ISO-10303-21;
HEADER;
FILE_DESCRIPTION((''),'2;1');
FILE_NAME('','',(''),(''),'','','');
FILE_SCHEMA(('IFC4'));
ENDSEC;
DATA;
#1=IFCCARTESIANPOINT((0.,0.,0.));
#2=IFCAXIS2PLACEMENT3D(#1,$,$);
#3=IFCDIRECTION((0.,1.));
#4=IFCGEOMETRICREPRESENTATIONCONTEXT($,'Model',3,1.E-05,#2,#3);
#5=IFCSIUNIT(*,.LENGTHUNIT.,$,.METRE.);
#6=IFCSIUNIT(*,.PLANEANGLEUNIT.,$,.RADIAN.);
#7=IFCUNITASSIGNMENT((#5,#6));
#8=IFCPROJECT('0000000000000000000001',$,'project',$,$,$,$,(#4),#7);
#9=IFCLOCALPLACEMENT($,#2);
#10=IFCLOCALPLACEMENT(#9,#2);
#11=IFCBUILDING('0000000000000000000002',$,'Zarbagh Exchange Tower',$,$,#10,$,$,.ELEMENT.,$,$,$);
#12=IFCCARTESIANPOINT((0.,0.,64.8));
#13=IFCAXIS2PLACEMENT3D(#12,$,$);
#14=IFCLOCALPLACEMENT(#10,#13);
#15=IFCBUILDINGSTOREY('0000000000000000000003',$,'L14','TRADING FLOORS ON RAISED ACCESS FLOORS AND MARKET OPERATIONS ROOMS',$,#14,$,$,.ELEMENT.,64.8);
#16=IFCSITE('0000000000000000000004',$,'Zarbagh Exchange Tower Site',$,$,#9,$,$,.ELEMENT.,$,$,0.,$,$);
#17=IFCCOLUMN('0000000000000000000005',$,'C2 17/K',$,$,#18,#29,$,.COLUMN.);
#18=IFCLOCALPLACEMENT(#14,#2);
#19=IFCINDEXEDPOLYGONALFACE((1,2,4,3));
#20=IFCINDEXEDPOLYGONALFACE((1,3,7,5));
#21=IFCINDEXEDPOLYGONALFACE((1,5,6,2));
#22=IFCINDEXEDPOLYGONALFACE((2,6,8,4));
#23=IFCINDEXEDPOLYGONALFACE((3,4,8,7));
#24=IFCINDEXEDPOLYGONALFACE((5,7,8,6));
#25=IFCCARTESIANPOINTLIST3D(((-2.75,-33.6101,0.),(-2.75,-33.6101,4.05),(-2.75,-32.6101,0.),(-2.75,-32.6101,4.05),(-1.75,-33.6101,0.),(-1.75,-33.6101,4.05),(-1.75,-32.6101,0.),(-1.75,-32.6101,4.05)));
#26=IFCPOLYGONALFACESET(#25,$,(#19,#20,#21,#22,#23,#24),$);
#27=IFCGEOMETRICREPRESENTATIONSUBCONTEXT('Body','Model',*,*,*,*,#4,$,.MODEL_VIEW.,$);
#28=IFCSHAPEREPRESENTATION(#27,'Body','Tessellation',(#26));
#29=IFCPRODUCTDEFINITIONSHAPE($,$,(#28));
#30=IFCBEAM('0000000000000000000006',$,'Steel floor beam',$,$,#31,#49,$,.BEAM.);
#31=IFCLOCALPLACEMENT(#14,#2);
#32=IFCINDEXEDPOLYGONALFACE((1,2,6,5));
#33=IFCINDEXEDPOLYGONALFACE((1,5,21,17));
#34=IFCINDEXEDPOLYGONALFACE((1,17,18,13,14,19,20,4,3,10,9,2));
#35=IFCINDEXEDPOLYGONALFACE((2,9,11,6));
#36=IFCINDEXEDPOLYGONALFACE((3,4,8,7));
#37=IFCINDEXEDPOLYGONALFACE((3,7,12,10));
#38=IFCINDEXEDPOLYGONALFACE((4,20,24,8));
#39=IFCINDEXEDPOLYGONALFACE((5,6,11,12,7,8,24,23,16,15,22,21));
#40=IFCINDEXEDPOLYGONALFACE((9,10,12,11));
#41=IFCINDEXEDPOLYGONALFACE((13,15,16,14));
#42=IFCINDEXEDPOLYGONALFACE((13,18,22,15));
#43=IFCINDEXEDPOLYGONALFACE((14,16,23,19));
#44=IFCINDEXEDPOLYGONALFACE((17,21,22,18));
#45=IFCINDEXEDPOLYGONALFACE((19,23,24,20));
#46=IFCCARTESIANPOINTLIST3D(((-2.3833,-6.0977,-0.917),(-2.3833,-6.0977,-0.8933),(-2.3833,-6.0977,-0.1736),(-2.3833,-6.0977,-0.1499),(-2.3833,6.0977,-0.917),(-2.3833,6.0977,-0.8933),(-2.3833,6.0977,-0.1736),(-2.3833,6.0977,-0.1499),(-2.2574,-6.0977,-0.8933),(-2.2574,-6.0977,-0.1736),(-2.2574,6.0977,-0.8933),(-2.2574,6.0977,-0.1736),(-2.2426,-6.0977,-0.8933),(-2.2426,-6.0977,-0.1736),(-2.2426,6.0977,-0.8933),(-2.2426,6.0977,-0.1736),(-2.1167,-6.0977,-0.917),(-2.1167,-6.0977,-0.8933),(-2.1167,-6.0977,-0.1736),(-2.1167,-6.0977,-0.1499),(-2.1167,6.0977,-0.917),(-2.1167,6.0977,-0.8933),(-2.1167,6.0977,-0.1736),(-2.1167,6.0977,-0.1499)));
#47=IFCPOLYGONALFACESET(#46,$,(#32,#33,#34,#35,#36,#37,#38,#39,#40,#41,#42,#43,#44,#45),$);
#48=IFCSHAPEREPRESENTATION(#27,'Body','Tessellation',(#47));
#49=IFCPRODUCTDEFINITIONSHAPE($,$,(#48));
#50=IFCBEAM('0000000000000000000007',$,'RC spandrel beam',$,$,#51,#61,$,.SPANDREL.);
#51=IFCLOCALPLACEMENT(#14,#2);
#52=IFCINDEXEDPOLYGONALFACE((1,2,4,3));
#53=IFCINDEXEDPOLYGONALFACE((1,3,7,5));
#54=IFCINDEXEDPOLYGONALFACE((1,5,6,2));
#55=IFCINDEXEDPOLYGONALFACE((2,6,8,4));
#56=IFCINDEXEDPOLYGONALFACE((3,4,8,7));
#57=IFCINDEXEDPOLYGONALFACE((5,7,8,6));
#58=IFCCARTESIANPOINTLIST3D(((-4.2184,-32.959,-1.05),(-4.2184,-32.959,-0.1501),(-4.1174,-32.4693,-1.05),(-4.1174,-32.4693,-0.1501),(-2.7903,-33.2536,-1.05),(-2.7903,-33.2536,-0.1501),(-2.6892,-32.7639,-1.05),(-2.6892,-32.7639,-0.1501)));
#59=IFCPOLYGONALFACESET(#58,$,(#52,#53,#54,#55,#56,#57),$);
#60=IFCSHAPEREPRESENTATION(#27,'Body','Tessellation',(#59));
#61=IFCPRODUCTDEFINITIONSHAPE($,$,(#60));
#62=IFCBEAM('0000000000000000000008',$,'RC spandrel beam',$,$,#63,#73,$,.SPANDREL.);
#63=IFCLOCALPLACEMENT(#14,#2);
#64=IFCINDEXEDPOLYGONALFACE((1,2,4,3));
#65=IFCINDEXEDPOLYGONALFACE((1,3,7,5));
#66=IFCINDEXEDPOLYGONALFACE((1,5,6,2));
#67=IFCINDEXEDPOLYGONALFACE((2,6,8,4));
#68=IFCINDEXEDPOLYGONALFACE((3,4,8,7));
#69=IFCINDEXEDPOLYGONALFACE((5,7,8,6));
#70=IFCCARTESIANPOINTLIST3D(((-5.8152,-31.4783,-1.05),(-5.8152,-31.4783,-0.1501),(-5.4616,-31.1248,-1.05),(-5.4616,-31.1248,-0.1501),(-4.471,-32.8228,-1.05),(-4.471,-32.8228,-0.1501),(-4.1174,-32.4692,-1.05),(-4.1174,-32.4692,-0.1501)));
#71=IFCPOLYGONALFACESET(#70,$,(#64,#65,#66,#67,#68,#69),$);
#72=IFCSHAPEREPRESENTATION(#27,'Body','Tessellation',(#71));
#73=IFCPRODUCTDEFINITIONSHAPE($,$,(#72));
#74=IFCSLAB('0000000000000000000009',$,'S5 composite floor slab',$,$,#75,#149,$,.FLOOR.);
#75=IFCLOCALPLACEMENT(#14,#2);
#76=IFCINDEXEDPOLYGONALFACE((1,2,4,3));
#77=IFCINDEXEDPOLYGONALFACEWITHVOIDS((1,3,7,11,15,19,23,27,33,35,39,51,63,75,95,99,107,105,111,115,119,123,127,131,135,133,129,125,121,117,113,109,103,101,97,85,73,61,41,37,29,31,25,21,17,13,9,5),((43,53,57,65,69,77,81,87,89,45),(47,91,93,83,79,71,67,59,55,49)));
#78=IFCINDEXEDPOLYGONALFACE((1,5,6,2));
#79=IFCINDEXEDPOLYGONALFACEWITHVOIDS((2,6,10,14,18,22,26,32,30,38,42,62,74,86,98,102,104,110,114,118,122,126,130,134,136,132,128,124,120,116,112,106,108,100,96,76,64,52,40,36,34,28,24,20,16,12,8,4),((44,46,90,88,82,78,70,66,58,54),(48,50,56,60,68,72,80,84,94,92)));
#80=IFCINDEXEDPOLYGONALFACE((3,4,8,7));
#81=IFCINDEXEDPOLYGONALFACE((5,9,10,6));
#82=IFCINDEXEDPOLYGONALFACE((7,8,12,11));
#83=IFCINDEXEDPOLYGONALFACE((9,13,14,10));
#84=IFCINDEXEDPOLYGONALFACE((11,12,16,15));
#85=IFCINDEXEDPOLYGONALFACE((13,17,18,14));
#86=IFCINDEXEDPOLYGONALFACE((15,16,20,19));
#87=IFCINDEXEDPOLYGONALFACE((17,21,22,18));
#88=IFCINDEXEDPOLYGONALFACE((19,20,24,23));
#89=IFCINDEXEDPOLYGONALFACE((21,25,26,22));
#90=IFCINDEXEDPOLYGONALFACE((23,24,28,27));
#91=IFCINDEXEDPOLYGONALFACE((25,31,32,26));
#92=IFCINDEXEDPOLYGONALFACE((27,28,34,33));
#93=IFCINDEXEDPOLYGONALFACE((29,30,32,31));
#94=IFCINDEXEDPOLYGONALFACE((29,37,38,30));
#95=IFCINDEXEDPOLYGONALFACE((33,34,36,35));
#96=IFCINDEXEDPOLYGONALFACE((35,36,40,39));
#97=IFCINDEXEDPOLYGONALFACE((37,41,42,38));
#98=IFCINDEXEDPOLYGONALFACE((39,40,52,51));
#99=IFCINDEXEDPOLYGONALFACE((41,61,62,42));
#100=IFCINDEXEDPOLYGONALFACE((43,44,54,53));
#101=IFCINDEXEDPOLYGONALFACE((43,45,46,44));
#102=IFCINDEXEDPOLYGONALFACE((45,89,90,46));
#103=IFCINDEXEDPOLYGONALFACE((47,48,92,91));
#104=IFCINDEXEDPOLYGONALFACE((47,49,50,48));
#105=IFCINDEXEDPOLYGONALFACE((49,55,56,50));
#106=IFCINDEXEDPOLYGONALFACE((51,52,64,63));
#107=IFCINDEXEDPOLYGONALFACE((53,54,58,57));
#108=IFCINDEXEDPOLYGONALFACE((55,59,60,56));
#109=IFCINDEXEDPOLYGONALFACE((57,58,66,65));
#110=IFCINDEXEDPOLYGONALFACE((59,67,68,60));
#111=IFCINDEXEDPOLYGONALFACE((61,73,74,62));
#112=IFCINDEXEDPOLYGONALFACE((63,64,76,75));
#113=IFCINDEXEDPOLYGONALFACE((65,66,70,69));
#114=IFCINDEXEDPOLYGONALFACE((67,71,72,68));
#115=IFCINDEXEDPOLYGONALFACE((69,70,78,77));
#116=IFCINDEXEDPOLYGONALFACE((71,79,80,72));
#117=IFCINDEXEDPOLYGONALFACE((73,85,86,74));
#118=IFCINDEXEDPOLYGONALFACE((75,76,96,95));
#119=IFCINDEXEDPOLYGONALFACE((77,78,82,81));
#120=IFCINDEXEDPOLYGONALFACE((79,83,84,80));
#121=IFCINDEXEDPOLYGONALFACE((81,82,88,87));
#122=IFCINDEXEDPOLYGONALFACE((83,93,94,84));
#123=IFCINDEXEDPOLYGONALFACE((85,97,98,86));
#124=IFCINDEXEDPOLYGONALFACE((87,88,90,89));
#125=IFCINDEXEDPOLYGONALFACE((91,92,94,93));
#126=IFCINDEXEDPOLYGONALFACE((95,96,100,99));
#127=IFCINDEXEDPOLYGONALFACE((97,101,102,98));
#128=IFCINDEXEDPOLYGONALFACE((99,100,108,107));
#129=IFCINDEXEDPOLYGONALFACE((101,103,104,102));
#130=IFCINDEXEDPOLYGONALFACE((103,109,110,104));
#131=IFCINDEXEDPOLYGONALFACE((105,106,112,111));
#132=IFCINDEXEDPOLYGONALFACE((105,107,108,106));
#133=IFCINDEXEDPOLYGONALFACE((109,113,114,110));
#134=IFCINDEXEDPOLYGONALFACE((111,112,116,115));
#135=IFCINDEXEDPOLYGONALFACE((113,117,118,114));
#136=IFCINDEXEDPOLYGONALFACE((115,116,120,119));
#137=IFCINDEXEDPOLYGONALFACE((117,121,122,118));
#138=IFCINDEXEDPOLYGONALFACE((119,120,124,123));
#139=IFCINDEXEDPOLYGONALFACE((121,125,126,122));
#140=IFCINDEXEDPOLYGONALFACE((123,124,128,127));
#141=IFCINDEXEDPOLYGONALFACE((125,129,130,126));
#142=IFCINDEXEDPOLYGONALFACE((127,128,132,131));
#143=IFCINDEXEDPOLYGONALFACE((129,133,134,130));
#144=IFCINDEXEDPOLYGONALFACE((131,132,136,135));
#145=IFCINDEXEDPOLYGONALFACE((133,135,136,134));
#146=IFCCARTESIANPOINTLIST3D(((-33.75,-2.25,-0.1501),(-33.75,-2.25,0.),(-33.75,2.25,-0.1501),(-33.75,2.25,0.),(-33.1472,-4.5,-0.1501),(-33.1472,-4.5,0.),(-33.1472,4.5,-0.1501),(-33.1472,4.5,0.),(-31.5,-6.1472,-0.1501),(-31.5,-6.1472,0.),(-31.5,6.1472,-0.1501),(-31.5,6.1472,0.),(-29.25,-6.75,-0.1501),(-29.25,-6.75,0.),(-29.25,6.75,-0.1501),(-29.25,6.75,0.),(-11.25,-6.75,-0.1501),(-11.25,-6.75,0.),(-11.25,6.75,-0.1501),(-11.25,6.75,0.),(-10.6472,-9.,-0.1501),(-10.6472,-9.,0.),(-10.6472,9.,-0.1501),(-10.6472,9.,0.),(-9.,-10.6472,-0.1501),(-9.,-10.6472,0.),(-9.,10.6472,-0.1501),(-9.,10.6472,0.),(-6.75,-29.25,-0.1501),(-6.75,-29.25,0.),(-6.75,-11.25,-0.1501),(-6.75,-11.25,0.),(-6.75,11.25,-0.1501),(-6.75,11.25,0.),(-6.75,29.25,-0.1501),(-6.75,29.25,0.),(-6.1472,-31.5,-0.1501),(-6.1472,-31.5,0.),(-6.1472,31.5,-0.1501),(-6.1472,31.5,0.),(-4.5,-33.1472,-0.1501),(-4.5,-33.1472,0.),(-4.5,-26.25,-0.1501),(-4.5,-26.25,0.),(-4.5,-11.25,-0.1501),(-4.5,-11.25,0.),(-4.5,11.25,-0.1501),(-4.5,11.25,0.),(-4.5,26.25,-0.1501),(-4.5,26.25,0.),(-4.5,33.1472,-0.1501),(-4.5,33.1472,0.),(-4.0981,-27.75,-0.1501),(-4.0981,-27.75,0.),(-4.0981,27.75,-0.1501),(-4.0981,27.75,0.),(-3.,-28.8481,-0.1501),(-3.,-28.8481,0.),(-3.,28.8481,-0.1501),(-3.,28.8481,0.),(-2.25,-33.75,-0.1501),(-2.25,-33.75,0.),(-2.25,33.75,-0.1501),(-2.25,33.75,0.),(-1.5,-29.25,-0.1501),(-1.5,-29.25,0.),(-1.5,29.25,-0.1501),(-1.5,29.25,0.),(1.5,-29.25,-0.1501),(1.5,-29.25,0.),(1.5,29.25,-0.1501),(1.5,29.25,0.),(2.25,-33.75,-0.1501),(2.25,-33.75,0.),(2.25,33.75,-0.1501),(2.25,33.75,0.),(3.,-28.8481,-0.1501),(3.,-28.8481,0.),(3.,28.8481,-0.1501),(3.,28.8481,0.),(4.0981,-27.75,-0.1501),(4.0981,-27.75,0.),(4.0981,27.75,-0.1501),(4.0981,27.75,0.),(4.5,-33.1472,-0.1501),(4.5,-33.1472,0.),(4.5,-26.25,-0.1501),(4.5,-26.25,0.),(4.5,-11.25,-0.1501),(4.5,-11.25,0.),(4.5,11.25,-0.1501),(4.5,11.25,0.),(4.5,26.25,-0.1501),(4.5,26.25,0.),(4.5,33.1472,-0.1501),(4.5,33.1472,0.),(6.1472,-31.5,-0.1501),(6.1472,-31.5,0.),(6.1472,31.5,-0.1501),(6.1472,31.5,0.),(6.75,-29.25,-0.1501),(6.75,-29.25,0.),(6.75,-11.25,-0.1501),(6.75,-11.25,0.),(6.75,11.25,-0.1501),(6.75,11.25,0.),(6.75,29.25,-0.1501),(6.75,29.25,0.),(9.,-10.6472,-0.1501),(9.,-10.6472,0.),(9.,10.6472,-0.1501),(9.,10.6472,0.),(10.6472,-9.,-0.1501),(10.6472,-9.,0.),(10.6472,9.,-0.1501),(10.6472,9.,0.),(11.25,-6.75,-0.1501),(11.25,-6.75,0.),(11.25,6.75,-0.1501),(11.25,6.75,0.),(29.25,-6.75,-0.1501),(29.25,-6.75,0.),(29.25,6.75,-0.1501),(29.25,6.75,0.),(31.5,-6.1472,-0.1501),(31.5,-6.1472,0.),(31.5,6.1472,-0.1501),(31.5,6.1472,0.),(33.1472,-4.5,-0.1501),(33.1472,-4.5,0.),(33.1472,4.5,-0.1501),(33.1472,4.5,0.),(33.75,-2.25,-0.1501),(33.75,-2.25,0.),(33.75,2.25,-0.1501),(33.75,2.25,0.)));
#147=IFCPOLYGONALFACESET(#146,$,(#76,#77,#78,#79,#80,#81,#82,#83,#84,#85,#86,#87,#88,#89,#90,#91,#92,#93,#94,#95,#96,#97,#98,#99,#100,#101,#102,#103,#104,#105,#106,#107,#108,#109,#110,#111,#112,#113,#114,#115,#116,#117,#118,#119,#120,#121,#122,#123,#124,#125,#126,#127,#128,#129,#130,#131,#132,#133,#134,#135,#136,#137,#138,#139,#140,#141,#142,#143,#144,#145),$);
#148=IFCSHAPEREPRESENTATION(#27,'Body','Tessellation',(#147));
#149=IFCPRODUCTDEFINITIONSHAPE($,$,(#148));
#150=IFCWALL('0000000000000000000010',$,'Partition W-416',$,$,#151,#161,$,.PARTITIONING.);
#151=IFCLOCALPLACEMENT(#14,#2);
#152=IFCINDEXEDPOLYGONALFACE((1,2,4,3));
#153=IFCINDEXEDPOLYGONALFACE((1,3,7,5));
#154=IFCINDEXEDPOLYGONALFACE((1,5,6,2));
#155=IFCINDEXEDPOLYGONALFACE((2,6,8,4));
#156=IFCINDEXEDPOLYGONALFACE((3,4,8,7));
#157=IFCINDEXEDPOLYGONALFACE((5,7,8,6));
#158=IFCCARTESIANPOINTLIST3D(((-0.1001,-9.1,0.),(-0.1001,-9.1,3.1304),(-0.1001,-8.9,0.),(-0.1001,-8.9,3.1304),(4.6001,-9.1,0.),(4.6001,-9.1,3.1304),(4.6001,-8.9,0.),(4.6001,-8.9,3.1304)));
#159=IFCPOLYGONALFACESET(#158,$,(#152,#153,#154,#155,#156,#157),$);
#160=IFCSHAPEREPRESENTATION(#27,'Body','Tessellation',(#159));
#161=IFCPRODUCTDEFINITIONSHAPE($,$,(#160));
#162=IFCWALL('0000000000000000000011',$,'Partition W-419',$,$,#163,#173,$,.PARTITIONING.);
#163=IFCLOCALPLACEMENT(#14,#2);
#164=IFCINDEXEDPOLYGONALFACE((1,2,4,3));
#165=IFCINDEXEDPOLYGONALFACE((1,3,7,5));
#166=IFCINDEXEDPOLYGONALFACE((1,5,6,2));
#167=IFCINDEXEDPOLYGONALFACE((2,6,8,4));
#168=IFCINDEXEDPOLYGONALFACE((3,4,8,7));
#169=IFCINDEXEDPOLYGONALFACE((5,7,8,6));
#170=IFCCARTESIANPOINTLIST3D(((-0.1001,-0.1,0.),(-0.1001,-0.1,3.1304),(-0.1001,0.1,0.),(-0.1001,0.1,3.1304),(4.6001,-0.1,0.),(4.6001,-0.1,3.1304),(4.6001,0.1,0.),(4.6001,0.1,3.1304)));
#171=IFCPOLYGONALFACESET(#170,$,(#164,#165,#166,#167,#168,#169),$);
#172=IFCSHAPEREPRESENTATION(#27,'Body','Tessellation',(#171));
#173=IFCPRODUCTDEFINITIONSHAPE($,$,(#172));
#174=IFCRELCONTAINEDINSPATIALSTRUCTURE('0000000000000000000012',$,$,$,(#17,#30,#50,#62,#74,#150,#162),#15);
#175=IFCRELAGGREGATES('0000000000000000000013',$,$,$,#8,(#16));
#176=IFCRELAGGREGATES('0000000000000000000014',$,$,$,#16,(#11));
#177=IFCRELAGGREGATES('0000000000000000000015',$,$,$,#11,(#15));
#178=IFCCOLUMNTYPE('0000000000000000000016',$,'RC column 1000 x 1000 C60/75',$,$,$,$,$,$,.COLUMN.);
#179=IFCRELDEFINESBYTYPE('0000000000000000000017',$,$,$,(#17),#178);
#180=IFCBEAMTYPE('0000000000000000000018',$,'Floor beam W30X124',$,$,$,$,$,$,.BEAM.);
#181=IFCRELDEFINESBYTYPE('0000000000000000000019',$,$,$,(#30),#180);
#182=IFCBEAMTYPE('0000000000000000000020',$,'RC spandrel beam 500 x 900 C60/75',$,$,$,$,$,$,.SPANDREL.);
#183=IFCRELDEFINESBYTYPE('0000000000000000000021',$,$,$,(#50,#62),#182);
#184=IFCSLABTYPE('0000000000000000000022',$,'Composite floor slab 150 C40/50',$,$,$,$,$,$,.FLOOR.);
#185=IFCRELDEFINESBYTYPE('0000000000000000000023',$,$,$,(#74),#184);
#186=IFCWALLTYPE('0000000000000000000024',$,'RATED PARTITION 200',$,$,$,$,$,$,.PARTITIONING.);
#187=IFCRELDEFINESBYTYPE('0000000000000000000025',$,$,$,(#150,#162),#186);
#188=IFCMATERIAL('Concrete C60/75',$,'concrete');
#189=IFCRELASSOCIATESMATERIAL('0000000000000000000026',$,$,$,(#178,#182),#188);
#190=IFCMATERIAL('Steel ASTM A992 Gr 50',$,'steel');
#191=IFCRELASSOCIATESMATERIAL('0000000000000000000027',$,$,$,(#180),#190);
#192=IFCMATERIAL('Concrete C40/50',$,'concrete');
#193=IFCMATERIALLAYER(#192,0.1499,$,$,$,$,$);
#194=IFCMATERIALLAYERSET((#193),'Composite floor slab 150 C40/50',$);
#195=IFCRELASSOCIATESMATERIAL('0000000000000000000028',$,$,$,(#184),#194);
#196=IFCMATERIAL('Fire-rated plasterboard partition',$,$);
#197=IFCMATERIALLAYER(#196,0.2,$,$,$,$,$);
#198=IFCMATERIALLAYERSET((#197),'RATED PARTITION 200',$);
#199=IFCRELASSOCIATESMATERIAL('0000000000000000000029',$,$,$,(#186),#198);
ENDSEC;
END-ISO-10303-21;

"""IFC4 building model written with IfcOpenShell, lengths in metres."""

from ifc_helpers import new_model, si_unit, direction, frame, frame_2d, origin, origin_2d, place, context, subcontext, project, spatial, polyline, rectangle, i_section, outline, extrude, material, layer, layer_set, material_profile, profile_set, type_object, element, save


model = new_model("IFC4")

# Units and contexts
model_context = context("Model", 3, precision=1e-05, world=origin(), true_north=direction((0.0, 1.0)))
body_context = subcontext(model_context, "Body", "Model", "MODEL_VIEW")
ifc_project = project(units=[si_unit("LENGTHUNIT", "METRE"), si_unit("PLANEANGLEUNIT", "RADIAN")], contexts=[model_context])

# Site, building, storey
site_placement = place(None, origin())
site = spatial("IfcSite", under=ifc_project, at=site_placement, Name="Zarbagh Exchange Tower Site", CompositionType="ELEMENT", RefElevation=0.0)
building_placement = place(site_placement, origin())
building = spatial("IfcBuilding", under=site, at=building_placement, Name="Zarbagh Exchange Tower", CompositionType="ELEMENT")
storey_placement = place(building_placement, frame((0.0, 0.0, 64.8)))
storey = spatial("IfcBuildingStorey", under=building, at=storey_placement, Name="L14", Description="TRADING FLOORS ON RAISED ACCESS FLOORS AND MARKET OPERATIONS ROOMS", CompositionType="ELEMENT", Elevation=64.8)

# Column
ifc_material_1 = material(Name="Concrete C60/75", Category="concrete")
ifc_material_profile_1 = material_profile(ifc_material_1, rectangle(XDim=1.0, YDim=1.0, at=origin_2d()), Name="RC column 1000 x 1000 C60/75")
ifc_profile_set_1 = profile_set([ifc_material_profile_1], Name="Concrete C60/75")
column_type = type_object("IfcColumnType", Name="RC column 1000 x 1000 C60/75", PredefinedType="COLUMN", material=ifc_profile_set_1)
column_placement = place(storey_placement, frame((-2.25, -33.1101, 0.0), z_axis=(0.0, 0.0, 1.0), x_axis=(1.0, 0.0, 0.0)))
element("IfcColumn", 1, at=column_placement, inside=storey, type_object=column_type, Name="C2 17/K", PredefinedType="COLUMN", context=body_context, shape_type="SweptSolid", body=[
    extrude(rectangle(XDim=1.0, YDim=1.0, at=origin_2d()), origin(), (0.0, 0.0, 1.0), 4.05),
])

# Beams
ifc_material_2 = material(Name="Steel ASTM A992 Gr 50", Category="steel")
ifc_material_profile_2 = material_profile(ifc_material_2, i_section(OverallWidth=0.2666, OverallDepth=0.7671, WebThickness=0.0149, FlangeThickness=0.0237, at=origin_2d()), Name="W30X124")
ifc_profile_set_2 = profile_set([ifc_material_profile_2], Name="Steel ASTM A992 Gr 50")
beam_type_1 = type_object("IfcBeamType", Name="Floor beam W30X124", PredefinedType="BEAM", material=ifc_profile_set_2)
beam_1_placement = place(storey_placement, frame((-2.25, -6.0977, -0.5334), z_axis=(0.0, 1.0, 0.0), x_axis=(-1.0, 0.0, 0.0)))
element("IfcBeam", 2, at=beam_1_placement, inside=storey, type_object=beam_type_1, Name="Steel floor beam", PredefinedType="BEAM", context=body_context, shape_type="SweptSolid", body=[
    extrude(i_section(OverallWidth=0.2666, OverallDepth=0.7671, WebThickness=0.0149, FlangeThickness=0.0237, at=origin_2d()), origin(), (0.0, 0.0, 1.0), 12.1953),
])
ifc_material_profile_3 = material_profile(ifc_material_1, rectangle(XDim=0.5, YDim=0.8999, at=origin_2d()), Name="RC spandrel beam 500 x 900 C60/75")
ifc_profile_set_3 = profile_set([ifc_material_profile_3], Name="Concrete C60/75")
beam_type_2 = type_object("IfcBeamType", Name="RC spandrel beam 500 x 900 C60/75", PredefinedType="SPANDREL", material=ifc_profile_set_3)
beam_2_placement = place(storey_placement, frame((-2.7397, -33.0088, -0.6001), z_axis=(-0.979371, 0.202069, 0.0), x_axis=(-0.202069, -0.979371, 0.0)))
element("IfcBeam", 3, at=beam_2_placement, inside=storey, type_object=beam_type_2, Name="RC spandrel beam", PredefinedType="SPANDREL", context=body_context, shape_type="SweptSolid", body=[
    extrude(rectangle(XDim=0.5, YDim=0.8999, at=origin_2d()), origin(), (0.0, 0.0, 1.0), 1.4583),
])
beam_3_placement = place(storey_placement, frame((-4.2942, -32.646, -0.6001), z_axis=(-0.707043, 0.707171, 0.0), x_axis=(-0.707171, -0.707043, 0.0)))
element("IfcBeam", 4, at=beam_3_placement, inside=storey, type_object=beam_type_2, Name="RC spandrel beam", PredefinedType="SPANDREL", context=body_context, shape_type="SweptSolid", body=[
    extrude(rectangle(XDim=0.5, YDim=0.8999, at=origin_2d()), origin(), (0.0, 0.0, 1.0), 1.9011),
])

# Slab
ifc_material_3 = material(Name="Concrete C40/50", Category="concrete")
ifc_layer_1 = layer(ifc_material_3, 0.1499)
ifc_layer_set_1 = layer_set([ifc_layer_1], Name="Composite floor slab 150 C40/50")
slab_type = type_object("IfcSlabType", Name="Composite floor slab 150 C40/50", PredefinedType="FLOOR", material=ifc_layer_set_1)
slab_placement = place(storey_placement, frame((0.0, 0.0, -0.1501)))
element("IfcSlab", 5, at=slab_placement, inside=storey, type_object=slab_type, Name="S5 composite floor slab", PredefinedType="FLOOR", context=body_context, shape_type="SweptSolid", body=[
    extrude(outline(polyline([(-2.25, -33.75), (-4.5, -33.1472), (-6.1472, -31.5), (-6.75, -29.25), (-6.75, -11.25), (-9.0, -10.6472), (-10.6472, -9.0), (-11.25, -6.75), (-29.25, -6.75), (-31.5, -6.1472), (-33.1472, -4.5), (-33.75, -2.25), (-33.75, 2.25), (-33.1472, 4.5), (-31.5, 6.1472), (-29.25, 6.75), (-11.25, 6.75), (-10.6472, 9.0), (-9.0, 10.6472), (-6.75, 11.25), (-6.75, 29.25), (-6.1472, 31.5), (-4.5, 33.1472), (-2.25, 33.75), (2.25, 33.75), (4.5, 33.1472), (6.1472, 31.5), (6.75, 29.25), (6.75, 11.25), (9.0, 10.6472), (10.6472, 9.0), (11.25, 6.75), (29.25, 6.75), (31.5, 6.1472), (33.1472, 4.5), (33.75, 2.25), (33.75, -2.25), (33.1472, -4.5), (31.5, -6.1472), (29.25, -6.75), (11.25, -6.75), (10.6472, -9.0), (9.0, -10.6472), (6.75, -11.25), (6.75, -29.25), (6.1472, -31.5), (4.5, -33.1472), (2.25, -33.75), (-2.25, -33.75)]), holes=[polyline([(4.5, 11.25), (4.5, 26.25), (4.0981, 27.75), (3.0, 28.8481), (1.5, 29.25), (-1.5, 29.25), (-3.0, 28.8481), (-4.0981, 27.75), (-4.5, 26.25), (-4.5, 11.25), (4.5, 11.25)]), polyline([(-1.5, -29.25), (1.5, -29.25), (3.0, -28.8481), (4.0981, -27.75), (4.5, -26.25), (4.5, -11.25), (-4.5, -11.25), (-4.5, -26.25), (-4.0981, -27.75), (-3.0, -28.8481), (-1.5, -29.25)])]), origin(), (0.0, 0.0, 1.0), 0.1501),
])

# Walls
ifc_material_4 = material(Name="Fire-rated plasterboard partition")
ifc_layer_2 = layer(ifc_material_4, 0.2)
ifc_layer_set_2 = layer_set([ifc_layer_2], Name="RATED PARTITION 200")
wall_type_1 = type_object("IfcWallType", Name="RATED PARTITION 200", PredefinedType="PARTITIONING", material=ifc_layer_set_2)
for number, where, z_axis, x_axis, name in (
    (6, (-0.1001, -9.0, 0.0), (0.0, 0.0, 1.0), (1.0, 0.0, 0.0), "Partition W-416"),
    (7, (-0.1001, 0.0, 0.0), (0.0, 0.0, 1.0), (1.0, 0.0, 0.0), "Partition W-419"),
):
    element("IfcWall", number, at=place(storey_placement, frame(where, z_axis=z_axis, x_axis=x_axis)), inside=storey, type_object=wall_type_1, Name=name, PredefinedType="PARTITIONING", context=body_context, shape_type="SweptSolid", body=[
        extrude(rectangle(XDim=4.7002, YDim=0.2, at=frame_2d((2.3501, 0.0))), origin(), (0.0, 0.0, 1.0), 3.1304),
    ])

save(model, "model.ifc")
